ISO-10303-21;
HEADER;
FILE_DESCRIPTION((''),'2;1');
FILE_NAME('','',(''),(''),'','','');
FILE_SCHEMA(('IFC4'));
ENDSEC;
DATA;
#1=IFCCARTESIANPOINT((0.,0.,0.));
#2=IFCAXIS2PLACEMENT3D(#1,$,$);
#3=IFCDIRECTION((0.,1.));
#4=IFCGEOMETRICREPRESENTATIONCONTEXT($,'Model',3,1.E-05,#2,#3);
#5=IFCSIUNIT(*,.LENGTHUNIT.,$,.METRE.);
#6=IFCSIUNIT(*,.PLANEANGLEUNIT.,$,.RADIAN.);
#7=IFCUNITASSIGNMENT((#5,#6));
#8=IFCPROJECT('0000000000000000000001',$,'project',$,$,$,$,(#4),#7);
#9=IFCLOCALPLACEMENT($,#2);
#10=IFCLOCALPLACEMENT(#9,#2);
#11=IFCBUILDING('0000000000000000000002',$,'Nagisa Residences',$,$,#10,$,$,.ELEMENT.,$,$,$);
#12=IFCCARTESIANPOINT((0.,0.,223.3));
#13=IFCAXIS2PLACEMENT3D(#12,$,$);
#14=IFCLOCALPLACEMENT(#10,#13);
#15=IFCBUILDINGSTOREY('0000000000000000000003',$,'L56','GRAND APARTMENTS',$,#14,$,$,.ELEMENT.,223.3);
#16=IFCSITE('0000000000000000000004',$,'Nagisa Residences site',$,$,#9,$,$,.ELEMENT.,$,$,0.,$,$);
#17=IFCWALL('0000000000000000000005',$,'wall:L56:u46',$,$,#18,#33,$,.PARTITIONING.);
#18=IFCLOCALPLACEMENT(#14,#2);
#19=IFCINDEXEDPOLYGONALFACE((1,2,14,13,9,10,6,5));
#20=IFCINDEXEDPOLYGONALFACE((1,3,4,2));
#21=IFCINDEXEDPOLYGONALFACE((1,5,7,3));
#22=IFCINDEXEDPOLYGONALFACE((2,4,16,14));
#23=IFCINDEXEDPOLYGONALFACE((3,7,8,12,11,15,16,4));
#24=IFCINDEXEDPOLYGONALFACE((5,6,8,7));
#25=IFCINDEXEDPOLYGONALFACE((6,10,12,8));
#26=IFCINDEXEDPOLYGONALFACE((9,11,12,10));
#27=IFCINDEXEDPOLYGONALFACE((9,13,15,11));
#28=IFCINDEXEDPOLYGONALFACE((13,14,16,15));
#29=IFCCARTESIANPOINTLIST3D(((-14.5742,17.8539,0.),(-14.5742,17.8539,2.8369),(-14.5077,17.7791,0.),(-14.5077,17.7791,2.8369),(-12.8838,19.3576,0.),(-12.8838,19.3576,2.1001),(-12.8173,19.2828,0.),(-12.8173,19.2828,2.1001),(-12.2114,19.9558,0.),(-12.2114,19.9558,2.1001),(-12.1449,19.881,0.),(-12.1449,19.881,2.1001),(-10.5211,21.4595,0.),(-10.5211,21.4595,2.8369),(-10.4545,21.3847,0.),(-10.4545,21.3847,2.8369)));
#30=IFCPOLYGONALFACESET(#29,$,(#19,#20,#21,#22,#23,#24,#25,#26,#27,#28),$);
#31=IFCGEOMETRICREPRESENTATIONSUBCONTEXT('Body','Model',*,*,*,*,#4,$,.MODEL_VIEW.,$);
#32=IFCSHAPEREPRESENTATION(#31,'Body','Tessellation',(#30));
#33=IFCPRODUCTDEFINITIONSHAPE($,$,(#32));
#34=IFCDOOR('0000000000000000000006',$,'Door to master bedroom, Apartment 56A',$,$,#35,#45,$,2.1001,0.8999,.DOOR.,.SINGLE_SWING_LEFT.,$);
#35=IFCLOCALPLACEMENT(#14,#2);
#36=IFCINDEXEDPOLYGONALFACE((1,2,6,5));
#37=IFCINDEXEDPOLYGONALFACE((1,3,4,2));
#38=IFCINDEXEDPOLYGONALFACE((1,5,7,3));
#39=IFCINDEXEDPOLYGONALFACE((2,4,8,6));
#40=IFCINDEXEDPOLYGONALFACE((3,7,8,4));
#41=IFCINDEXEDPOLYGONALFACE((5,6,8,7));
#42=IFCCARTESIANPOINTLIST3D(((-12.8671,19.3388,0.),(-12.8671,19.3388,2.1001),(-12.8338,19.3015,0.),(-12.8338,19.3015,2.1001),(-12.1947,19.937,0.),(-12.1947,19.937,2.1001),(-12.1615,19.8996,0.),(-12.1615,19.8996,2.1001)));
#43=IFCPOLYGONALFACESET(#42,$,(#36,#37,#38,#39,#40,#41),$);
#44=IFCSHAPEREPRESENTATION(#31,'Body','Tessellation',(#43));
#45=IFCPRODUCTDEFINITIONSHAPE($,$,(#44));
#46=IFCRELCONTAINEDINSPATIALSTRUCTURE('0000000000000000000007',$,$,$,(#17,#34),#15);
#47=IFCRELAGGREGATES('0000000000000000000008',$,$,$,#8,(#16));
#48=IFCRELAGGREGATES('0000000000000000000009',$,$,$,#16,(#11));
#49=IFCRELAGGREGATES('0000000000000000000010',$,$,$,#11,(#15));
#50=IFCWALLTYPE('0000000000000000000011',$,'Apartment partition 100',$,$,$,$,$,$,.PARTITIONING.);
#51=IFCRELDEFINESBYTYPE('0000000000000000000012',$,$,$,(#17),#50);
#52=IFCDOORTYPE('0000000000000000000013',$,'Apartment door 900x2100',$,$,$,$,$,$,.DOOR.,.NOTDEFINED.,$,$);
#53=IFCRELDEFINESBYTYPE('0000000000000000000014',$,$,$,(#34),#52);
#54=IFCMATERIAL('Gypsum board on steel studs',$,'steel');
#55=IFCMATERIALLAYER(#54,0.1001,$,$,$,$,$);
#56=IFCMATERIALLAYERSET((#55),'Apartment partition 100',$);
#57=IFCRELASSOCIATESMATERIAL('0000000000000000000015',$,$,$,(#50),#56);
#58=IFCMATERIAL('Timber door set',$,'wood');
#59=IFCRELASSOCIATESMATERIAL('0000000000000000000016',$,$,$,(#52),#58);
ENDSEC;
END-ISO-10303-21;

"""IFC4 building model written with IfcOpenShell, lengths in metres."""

from ifc_helpers import new_model, si_unit, direction, frame, frame_2d, origin, place, context, subcontext, project, spatial, rectangle, extrude, material, layer, layer_set, type_object, element, fill, save


model = new_model("IFC4")

# Units and contexts
model_context = context("Model", 3, precision=1e-05, world=origin(), true_north=direction((0.0, 1.0)))
body_context = subcontext(model_context, "Body", "Model", "MODEL_VIEW")
ifc_project = project(units=[si_unit("LENGTHUNIT", "METRE"), si_unit("PLANEANGLEUNIT", "RADIAN")], contexts=[model_context])

# Site, building, storey
site_placement = place(None, origin())
site = spatial("IfcSite", under=ifc_project, at=site_placement, Name="Nagisa Residences site", CompositionType="ELEMENT", RefElevation=0.0)
building_placement = place(site_placement, origin())
building = spatial("IfcBuilding", under=site, at=building_placement, Name="Nagisa Residences", CompositionType="ELEMENT")
storey_placement = place(building_placement, frame((0.0, 0.0, 223.3)))
storey = spatial("IfcBuildingStorey", under=building, at=storey_placement, Name="L56", Description="GRAND APARTMENTS", CompositionType="ELEMENT", Elevation=223.3)

# Shared definitions
ifc_material_1 = material(Name="Gypsum board on steel studs", Category="steel")
ifc_layer_1 = layer(ifc_material_1, 0.1001)
ifc_layer_set_1 = layer_set([ifc_layer_1], Name="Apartment partition 100")
wall_type_1 = type_object("IfcWallType", Name="Apartment partition 100", PredefinedType="PARTITIONING", material=ifc_layer_set_1)
ifc_material_2 = material(Name="Timber door set", Category="wood")
door_type_1 = type_object("IfcDoorType", Name="Apartment door 900x2100", OperationType="NOTDEFINED", PredefinedType="DOOR", material=ifc_material_2)

# Wall, opening, door
wall_1_placement = place(storey_placement, frame((-10.4878, 21.4221, 0.0), z_axis=(0.0, 0.0, 1.0), x_axis=(-0.747149, -0.664657, 0.0)))
wall_1 = element("IfcWall", 1, at=wall_1_placement, inside=storey, type_object=wall_type_1, Name="wall:L56:u46", PredefinedType="PARTITIONING", context=body_context, shape_type="SweptSolid", body=[
    extrude(rectangle(XDim=5.4248, YDim=0.1001, at=frame_2d((2.7124, 0.0))), origin(), (0.0, 0.0, 1.0), 2.8369),
])
opening_1_placement = place(wall_1_placement, frame((2.2625, 0.0, 0.0)))
opening_1 = element("IfcOpeningElement", 2, at=opening_1_placement, cuts=wall_1, PredefinedType="OPENING", context=body_context, shape_type="SweptSolid", body=[
    extrude(rectangle(XDim=0.8999, YDim=2.1001, at=frame_2d((0.45, 1.05))), frame((0.0, 0.0601, 0.0), z_axis=(0.0, -1.0, 0.0), x_axis=(1.0, 0.0, 0.0)), (0.0, 0.0, 1.0), 0.1201),
])
door_1_placement = place(opening_1_placement, frame((0.8999, 0.0, 0.0), x_axis=(-1.0, 0.0, 0.0)))
door_1 = element("IfcDoor", 3, at=door_1_placement, inside=storey, type_object=door_type_1, Name="Door to master bedroom, Apartment 56A", OperationType="SINGLE_SWING_LEFT", OverallHeight=2.1001, OverallWidth=0.8999, PredefinedType="DOOR", context=body_context, shape_type="SweptSolid", body=[
    extrude(rectangle(XDim=0.8999, YDim=2.1001, at=frame_2d((0.45, 1.05))), frame((0.0, 0.0249, 0.0), z_axis=(0.0, -1.0, 0.0), x_axis=(1.0, 0.0, 0.0)), (0.0, 0.0, 1.0), 0.05),
])
fill(opening_1, door_1)

save(model, "model.ifc")
